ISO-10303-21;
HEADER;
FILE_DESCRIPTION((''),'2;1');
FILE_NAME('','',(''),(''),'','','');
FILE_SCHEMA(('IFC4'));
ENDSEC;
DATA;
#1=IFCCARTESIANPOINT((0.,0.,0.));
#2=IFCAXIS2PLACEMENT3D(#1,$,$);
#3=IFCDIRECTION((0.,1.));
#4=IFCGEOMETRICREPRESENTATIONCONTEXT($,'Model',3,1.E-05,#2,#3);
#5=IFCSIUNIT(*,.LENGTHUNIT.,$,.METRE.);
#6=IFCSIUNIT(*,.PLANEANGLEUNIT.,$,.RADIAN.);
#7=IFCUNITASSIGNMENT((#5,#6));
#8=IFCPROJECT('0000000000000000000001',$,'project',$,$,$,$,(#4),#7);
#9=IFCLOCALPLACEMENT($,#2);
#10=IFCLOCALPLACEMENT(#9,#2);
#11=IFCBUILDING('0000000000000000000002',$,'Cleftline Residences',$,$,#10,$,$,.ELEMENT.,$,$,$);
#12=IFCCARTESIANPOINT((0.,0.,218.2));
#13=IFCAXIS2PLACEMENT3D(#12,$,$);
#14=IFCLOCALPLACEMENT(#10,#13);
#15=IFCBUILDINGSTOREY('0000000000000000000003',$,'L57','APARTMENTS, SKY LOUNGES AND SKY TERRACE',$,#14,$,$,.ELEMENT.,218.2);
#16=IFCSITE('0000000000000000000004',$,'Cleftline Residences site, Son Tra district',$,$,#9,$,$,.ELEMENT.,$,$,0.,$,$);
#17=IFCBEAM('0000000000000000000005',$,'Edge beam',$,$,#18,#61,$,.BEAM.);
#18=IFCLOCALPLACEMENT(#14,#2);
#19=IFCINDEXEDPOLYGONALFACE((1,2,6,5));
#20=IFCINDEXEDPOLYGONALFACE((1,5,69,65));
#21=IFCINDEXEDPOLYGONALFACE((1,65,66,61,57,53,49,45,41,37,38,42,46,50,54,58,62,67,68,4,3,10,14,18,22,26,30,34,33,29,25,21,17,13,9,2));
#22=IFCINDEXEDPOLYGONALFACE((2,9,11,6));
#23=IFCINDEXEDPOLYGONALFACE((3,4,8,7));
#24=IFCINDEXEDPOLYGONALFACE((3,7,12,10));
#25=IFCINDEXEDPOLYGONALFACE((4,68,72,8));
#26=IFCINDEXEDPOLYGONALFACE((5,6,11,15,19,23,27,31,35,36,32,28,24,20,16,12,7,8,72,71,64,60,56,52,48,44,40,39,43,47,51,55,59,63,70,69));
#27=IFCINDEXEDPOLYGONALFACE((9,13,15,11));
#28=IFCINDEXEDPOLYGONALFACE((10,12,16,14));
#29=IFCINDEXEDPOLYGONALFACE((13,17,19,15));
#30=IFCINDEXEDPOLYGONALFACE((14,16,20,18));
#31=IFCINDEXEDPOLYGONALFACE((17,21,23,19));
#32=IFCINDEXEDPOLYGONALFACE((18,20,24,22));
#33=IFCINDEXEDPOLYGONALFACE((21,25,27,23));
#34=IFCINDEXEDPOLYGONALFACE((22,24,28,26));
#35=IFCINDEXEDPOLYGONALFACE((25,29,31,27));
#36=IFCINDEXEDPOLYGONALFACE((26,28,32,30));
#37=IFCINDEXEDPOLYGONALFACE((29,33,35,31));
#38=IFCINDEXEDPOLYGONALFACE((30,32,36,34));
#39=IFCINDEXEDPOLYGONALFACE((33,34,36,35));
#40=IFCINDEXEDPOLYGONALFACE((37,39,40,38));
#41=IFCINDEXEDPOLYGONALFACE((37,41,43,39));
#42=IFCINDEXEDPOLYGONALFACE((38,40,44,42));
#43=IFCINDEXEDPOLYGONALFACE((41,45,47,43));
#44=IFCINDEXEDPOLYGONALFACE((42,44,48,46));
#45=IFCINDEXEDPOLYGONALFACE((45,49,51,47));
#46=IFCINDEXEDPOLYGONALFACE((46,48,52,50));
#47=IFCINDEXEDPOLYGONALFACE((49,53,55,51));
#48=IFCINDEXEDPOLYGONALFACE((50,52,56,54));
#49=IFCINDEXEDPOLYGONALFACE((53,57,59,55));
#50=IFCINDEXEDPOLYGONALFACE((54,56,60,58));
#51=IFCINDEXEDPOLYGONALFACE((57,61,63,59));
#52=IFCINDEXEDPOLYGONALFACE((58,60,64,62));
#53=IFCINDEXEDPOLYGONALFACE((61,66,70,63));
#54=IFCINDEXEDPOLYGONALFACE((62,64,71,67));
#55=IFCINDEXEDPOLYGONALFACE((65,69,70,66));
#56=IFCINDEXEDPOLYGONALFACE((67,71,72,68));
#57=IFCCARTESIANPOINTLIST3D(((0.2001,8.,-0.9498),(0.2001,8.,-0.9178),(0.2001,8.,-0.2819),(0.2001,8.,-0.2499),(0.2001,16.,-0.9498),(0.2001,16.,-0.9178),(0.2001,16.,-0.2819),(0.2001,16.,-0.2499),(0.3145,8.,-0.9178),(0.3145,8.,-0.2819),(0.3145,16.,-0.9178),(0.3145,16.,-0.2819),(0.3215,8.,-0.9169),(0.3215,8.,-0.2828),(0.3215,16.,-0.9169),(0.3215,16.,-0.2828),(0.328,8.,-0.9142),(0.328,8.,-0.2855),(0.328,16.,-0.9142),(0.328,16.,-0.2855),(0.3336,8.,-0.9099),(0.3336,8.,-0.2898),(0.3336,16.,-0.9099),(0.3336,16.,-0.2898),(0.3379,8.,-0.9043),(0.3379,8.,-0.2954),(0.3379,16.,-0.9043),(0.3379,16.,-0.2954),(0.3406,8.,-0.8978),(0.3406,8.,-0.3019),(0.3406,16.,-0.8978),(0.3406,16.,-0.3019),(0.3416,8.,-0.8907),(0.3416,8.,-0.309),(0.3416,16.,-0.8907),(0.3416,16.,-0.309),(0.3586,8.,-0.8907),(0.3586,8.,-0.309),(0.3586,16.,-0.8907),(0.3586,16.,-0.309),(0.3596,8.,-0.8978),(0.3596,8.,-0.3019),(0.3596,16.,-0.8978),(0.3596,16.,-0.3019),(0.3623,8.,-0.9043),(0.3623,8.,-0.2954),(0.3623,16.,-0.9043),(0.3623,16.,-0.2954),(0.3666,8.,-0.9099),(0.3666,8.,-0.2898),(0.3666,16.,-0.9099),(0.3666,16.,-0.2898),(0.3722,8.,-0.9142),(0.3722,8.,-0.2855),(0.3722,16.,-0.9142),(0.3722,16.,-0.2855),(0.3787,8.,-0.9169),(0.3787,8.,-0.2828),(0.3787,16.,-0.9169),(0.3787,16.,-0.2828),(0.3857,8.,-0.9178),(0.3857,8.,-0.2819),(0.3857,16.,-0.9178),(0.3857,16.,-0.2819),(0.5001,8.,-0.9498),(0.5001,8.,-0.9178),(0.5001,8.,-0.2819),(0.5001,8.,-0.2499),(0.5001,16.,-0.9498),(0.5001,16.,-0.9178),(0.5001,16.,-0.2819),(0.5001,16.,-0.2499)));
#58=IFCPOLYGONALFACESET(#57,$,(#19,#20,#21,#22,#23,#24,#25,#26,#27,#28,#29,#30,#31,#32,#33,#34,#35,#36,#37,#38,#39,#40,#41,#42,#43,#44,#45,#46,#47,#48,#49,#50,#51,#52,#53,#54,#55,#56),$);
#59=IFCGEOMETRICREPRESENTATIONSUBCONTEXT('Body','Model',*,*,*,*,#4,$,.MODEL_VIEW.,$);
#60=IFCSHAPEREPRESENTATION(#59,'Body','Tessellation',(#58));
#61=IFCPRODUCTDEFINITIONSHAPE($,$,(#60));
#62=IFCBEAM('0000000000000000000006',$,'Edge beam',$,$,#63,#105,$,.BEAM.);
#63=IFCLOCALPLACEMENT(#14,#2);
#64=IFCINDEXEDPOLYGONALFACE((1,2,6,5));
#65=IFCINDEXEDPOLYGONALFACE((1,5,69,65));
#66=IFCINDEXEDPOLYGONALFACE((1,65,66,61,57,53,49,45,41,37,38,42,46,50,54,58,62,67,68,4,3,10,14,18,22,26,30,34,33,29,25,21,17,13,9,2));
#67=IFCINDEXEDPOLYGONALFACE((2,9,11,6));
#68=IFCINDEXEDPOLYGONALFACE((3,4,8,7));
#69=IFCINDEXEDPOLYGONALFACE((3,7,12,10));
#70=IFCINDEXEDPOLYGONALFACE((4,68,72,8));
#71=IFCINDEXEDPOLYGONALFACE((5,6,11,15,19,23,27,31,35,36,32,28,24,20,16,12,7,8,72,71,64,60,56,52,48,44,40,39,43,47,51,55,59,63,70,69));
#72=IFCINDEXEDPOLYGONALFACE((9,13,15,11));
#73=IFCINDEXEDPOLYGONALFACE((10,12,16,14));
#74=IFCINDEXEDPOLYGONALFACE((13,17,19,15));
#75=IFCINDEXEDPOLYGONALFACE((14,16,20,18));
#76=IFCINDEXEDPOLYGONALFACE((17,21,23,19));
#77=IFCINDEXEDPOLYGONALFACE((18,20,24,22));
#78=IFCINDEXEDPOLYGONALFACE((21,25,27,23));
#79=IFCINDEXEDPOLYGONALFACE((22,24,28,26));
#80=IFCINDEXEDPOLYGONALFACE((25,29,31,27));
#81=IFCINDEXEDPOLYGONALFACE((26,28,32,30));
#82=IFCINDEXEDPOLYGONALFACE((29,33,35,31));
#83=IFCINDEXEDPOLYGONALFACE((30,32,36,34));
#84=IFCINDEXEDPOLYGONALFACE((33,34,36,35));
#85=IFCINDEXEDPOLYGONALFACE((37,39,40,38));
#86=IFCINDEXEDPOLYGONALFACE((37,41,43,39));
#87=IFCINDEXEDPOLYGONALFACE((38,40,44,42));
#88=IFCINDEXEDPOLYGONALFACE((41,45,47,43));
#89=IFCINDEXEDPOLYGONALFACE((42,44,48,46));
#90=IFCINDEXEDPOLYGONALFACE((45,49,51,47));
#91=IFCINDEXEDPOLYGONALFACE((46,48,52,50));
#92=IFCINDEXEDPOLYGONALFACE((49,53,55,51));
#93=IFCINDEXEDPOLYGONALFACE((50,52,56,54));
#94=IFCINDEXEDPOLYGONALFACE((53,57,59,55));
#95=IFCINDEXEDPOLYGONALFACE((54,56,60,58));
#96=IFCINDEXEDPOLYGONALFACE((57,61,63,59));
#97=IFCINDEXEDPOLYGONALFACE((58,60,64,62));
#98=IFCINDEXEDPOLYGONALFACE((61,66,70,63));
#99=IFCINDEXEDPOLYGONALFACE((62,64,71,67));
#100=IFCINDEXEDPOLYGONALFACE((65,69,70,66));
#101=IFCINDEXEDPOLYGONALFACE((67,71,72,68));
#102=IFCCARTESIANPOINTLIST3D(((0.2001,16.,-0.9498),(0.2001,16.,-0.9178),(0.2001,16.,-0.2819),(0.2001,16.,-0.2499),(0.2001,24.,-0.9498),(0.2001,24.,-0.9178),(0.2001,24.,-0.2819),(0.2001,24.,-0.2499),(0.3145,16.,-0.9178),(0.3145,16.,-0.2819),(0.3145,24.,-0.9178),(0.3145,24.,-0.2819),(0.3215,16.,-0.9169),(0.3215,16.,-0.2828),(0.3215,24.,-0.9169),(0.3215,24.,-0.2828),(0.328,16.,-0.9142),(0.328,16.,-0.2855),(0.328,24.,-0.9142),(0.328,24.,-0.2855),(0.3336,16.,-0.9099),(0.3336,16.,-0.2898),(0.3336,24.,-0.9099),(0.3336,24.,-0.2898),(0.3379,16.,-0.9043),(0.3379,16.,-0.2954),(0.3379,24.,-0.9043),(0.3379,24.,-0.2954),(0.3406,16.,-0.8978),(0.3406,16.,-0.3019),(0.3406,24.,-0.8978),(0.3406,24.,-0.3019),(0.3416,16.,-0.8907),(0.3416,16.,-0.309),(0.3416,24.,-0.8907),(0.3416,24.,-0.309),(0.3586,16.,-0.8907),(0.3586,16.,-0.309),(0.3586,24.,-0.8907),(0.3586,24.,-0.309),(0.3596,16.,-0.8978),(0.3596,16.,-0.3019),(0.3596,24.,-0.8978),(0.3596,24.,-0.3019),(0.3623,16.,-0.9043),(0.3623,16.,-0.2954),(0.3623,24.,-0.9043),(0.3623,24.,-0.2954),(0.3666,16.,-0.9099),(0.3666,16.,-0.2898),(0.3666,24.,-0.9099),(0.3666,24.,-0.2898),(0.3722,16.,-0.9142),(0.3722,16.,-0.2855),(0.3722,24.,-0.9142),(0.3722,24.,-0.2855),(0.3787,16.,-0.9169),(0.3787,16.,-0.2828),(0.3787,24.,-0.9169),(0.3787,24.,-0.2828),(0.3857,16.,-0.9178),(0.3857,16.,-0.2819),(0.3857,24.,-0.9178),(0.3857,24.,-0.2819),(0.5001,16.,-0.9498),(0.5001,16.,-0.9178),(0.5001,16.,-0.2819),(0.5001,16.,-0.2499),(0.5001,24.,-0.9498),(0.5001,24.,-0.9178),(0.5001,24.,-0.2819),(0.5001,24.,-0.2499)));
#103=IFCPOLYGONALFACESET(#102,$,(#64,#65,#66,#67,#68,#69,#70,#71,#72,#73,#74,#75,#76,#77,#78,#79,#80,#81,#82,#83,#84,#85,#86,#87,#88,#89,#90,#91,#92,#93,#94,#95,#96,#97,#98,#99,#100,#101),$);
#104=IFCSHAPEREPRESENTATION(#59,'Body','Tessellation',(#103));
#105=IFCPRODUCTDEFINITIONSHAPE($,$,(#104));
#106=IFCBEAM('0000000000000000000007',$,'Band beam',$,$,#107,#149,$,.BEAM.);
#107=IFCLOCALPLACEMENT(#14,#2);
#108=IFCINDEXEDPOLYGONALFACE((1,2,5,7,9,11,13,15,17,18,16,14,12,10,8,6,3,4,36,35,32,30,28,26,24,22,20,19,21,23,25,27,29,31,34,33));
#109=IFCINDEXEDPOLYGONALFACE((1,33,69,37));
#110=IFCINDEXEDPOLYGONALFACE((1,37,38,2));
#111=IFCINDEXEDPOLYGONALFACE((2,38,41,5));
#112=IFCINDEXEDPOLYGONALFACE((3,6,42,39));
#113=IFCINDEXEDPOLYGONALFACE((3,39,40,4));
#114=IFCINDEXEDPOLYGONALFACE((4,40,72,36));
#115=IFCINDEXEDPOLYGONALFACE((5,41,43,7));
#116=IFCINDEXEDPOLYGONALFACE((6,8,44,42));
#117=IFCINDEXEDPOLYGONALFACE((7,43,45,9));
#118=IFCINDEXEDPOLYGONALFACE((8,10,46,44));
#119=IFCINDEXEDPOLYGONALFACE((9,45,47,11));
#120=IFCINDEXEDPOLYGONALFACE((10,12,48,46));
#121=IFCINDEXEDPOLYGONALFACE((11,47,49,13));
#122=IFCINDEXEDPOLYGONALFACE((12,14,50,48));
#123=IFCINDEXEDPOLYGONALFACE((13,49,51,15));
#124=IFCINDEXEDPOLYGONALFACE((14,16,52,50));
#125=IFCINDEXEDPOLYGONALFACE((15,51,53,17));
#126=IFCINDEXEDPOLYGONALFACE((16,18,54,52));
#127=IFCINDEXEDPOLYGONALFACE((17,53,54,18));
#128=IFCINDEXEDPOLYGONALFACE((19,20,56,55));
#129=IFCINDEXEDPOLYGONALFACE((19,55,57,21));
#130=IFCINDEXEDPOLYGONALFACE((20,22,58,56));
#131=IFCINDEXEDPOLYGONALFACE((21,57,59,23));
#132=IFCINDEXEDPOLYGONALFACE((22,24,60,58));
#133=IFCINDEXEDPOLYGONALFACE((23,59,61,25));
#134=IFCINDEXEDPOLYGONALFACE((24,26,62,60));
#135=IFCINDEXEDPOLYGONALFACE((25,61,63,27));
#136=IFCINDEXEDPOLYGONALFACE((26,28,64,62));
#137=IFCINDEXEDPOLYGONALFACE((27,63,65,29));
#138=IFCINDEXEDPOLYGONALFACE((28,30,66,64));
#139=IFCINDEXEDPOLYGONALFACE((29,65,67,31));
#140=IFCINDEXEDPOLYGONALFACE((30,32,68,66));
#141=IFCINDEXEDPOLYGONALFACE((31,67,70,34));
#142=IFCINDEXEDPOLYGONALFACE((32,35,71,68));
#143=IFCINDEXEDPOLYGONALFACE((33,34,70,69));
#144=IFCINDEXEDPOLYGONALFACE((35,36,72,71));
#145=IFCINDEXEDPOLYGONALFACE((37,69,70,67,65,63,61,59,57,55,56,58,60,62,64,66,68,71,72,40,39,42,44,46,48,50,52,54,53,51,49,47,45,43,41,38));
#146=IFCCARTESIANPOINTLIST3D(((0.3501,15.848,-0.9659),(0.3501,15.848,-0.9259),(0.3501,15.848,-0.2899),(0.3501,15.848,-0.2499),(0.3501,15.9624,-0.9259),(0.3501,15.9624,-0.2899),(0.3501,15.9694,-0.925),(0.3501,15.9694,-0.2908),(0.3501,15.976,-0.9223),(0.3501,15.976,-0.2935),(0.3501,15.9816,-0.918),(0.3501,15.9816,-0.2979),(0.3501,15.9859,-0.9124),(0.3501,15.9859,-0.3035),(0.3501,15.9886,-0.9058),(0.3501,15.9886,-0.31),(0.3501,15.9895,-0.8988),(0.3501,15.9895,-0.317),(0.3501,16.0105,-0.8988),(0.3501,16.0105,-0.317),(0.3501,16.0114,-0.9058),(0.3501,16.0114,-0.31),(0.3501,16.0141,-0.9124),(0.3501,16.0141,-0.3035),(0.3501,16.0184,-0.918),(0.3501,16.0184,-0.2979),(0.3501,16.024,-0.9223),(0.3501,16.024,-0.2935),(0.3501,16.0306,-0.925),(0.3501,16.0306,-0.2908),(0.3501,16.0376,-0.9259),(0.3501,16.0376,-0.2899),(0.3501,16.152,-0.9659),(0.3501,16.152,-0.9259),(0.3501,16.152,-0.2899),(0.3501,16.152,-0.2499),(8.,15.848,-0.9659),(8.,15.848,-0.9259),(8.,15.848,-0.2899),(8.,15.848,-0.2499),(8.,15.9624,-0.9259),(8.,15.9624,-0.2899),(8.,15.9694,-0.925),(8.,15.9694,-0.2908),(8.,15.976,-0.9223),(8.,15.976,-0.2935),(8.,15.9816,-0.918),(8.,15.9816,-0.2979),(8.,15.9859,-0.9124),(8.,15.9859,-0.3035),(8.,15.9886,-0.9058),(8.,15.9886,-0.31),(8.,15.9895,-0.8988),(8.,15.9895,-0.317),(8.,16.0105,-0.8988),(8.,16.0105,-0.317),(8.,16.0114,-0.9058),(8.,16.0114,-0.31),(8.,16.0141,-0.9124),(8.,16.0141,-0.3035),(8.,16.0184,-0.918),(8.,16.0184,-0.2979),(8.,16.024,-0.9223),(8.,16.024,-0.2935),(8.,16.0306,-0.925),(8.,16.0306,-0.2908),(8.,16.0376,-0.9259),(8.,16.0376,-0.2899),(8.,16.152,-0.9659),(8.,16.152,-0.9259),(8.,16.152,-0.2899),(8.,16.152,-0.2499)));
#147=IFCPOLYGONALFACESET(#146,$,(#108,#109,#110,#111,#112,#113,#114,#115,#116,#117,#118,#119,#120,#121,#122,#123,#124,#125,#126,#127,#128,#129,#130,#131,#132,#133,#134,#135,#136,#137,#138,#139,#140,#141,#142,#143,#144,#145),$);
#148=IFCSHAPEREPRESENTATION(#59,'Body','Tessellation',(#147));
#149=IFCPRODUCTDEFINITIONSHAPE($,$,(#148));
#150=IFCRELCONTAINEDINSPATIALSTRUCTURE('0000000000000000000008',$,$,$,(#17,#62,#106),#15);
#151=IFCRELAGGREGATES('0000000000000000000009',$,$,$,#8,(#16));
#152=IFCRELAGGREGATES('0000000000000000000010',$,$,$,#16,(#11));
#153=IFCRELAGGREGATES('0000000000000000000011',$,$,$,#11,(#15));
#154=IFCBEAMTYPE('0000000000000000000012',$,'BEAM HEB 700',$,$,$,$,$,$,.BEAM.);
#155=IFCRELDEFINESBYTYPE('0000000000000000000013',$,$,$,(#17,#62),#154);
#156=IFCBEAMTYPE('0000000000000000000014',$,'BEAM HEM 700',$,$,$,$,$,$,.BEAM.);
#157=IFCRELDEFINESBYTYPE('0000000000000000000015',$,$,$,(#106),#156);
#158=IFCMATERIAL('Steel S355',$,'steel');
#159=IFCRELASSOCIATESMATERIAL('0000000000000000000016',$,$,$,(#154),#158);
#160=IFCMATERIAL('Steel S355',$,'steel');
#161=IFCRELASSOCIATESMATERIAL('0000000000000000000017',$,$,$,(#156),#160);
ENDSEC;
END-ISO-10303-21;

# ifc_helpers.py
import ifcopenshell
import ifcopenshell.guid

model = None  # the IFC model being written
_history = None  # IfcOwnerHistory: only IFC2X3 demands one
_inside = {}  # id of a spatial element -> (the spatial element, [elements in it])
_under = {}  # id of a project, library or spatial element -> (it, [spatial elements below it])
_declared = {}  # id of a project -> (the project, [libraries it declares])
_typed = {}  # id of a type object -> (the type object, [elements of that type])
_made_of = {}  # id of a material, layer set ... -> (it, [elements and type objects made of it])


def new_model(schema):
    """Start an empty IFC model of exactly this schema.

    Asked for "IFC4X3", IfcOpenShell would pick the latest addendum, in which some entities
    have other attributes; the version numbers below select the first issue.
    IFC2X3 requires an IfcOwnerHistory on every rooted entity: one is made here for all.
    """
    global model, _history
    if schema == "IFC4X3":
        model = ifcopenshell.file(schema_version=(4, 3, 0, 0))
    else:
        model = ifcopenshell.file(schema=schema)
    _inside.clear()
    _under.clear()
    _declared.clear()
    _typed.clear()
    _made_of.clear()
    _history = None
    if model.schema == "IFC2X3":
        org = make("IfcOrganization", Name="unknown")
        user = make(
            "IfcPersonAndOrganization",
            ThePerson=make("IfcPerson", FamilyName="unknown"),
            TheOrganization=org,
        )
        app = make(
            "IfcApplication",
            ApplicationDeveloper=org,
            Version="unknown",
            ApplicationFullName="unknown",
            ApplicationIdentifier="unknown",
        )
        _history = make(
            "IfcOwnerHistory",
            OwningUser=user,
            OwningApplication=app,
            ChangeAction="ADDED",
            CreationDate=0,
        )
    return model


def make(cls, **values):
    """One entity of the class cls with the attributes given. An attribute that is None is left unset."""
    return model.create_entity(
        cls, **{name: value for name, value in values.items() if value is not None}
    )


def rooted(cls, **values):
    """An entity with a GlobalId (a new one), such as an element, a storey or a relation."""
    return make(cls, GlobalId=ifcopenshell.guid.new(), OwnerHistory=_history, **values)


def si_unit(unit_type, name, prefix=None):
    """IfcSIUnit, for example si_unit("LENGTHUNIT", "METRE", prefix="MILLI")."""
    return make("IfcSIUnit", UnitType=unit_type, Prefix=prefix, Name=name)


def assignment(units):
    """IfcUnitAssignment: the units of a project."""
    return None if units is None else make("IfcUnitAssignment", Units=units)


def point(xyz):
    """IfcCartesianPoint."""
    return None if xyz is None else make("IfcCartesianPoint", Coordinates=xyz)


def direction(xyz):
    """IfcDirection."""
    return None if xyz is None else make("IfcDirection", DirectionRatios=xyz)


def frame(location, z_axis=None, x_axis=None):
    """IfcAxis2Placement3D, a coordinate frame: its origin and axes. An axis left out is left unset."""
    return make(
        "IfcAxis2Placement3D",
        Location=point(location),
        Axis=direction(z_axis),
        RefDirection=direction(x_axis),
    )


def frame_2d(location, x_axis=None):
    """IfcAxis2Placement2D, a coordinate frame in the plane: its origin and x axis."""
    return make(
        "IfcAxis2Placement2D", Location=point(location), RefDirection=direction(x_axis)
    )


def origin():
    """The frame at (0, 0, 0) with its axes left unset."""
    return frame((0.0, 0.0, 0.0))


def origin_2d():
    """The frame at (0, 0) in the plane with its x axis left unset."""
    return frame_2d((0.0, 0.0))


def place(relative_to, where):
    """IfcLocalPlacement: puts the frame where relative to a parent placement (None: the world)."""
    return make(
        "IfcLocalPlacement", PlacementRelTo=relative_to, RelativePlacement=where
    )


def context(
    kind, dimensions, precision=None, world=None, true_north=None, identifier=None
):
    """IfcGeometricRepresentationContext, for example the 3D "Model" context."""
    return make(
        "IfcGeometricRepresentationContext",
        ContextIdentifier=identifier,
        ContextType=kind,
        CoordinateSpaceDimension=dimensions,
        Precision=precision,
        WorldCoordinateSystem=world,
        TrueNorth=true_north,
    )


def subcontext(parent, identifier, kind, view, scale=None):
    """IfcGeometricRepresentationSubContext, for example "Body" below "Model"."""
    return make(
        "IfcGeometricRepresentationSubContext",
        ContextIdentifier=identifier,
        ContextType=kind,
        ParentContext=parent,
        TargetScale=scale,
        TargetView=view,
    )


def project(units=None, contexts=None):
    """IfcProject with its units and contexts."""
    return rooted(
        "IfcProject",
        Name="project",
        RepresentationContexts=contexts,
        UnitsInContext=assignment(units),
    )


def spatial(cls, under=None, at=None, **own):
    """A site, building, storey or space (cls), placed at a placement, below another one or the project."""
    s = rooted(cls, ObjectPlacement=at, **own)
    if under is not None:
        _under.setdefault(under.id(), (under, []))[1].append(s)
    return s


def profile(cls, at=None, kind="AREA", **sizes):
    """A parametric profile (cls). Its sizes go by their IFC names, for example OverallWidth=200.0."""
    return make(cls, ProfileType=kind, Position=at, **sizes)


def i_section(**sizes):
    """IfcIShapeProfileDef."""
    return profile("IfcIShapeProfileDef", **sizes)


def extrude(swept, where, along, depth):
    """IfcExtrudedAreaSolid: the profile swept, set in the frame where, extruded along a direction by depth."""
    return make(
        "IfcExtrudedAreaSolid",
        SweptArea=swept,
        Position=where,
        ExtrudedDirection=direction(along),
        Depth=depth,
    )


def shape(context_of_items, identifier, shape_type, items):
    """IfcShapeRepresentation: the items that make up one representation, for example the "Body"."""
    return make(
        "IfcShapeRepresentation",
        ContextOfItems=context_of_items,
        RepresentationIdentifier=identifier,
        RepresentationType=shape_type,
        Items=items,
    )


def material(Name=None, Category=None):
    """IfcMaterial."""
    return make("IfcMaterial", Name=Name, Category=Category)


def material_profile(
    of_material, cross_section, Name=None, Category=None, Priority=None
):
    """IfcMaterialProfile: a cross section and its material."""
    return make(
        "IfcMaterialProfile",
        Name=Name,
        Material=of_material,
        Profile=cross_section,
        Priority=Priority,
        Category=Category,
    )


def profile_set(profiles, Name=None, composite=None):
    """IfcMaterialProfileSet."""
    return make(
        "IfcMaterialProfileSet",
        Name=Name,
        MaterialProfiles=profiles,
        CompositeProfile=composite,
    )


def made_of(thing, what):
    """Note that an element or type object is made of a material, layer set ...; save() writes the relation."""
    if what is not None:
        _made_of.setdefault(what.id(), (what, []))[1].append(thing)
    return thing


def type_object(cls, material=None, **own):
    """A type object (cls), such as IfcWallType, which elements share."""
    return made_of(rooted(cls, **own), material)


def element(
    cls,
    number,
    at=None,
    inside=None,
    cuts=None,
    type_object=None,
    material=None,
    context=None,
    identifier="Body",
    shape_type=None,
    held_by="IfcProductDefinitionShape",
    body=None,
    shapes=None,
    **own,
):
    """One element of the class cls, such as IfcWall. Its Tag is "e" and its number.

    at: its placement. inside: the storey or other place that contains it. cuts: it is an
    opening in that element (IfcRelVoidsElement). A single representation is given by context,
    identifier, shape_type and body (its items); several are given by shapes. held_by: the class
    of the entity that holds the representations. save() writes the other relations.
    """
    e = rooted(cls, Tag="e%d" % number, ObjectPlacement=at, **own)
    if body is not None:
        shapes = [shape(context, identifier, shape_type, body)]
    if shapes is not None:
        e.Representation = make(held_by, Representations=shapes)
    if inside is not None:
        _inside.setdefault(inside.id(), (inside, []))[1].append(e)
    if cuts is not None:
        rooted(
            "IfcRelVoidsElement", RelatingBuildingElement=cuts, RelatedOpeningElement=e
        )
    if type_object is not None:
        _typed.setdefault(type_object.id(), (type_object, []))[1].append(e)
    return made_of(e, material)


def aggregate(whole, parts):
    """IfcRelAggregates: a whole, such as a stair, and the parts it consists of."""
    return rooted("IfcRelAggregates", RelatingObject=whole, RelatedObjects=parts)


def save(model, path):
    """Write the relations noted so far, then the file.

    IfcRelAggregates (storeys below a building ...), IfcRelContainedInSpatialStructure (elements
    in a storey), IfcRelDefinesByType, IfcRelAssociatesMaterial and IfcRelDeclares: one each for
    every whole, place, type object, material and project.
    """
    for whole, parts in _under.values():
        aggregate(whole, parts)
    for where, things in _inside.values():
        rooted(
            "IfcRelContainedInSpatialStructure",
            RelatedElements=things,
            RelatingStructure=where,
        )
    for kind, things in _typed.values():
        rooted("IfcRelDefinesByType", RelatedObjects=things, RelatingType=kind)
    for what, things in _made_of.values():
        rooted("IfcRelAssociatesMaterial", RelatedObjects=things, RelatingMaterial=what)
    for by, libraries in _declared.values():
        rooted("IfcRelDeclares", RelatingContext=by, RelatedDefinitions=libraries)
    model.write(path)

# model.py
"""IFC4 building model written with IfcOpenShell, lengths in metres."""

from ifc_helpers import new_model, si_unit, direction, frame, origin, origin_2d, place, context, subcontext, project, spatial, i_section, extrude, material, material_profile, profile_set, type_object, element, save


model = new_model("IFC4")

# Units and contexts
model_context = context("Model", 3, precision=1e-05, world=origin(), true_north=direction((0.0, 1.0)))
body_context = subcontext(model_context, "Body", "Model", "MODEL_VIEW")
ifc_project = project(units=[si_unit("LENGTHUNIT", "METRE"), si_unit("PLANEANGLEUNIT", "RADIAN")], contexts=[model_context])

# Site, building, storey
site_placement = place(None, origin())
site = spatial("IfcSite", under=ifc_project, at=site_placement, Name="Cleftline Residences site, Son Tra district", CompositionType="ELEMENT", RefElevation=0.0)
building_placement = place(site_placement, origin())
building = spatial("IfcBuilding", under=site, at=building_placement, Name="Cleftline Residences", CompositionType="ELEMENT")
storey_placement = place(building_placement, frame((0.0, 0.0, 218.2)))
storey = spatial("IfcBuildingStorey", under=building, at=storey_placement, Name="L57", Description="APARTMENTS, SKY LOUNGES AND SKY TERRACE", CompositionType="ELEMENT", Elevation=218.2)

# Beams
ifc_material_1 = material(Name="Steel S355", Category="steel")
ifc_material_profile_1 = material_profile(ifc_material_1, i_section(OverallWidth=0.3, OverallDepth=0.7, WebThickness=0.0171, FlangeThickness=0.032, FilletRadius=0.0271, at=origin_2d()))
ifc_profile_set_1 = profile_set([ifc_material_profile_1], Name="Steel S355")
beam_type_1 = type_object("IfcBeamType", Name="BEAM HEB 700", PredefinedType="BEAM", material=ifc_profile_set_1)
for number, where, z_axis, x_axis, name in (
    (1, (0.3501, 8.0, -0.5999), (0.0, 1.0, 0.0), (-1.0, 0.0, 0.0), "Edge beam"),
    (2, (0.3501, 16.0, -0.5999), (0.0, 1.0, 0.0), (-1.0, 0.0, 0.0), "Edge beam"),
):
    element("IfcBeam", number, at=place(storey_placement, frame(where, z_axis=z_axis, x_axis=x_axis)), inside=storey, type_object=beam_type_1, Name=name, PredefinedType="BEAM", context=body_context, shape_type="SweptSolid", body=[
        extrude(i_section(OverallWidth=0.3, OverallDepth=0.7, WebThickness=0.0171, FlangeThickness=0.032, FilletRadius=0.0271, at=origin_2d()), origin(), (0.0, 0.0, 1.0), 8.0),
    ])
ifc_material_2 = material(Name="Steel S355", Category="steel")
ifc_material_profile_2 = material_profile(ifc_material_2, i_section(OverallWidth=0.304, OverallDepth=0.7161, WebThickness=0.021, FlangeThickness=0.04, FilletRadius=0.0271, at=origin_2d()))
ifc_profile_set_2 = profile_set([ifc_material_profile_2], Name="Steel S355")
beam_type_2 = type_object("IfcBeamType", Name="BEAM HEM 700", PredefinedType="BEAM", material=ifc_profile_set_2)
beam_placement = place(storey_placement, frame((0.3501, 16.0, -0.6079), z_axis=(1.0, 0.0, 0.0), x_axis=(0.0, 1.0, 0.0)))
element("IfcBeam", 3, at=beam_placement, inside=storey, type_object=beam_type_2, Name="Band beam", PredefinedType="BEAM", context=body_context, shape_type="SweptSolid", body=[
    extrude(i_section(OverallWidth=0.304, OverallDepth=0.7161, WebThickness=0.021, FlangeThickness=0.04, FilletRadius=0.0271, at=origin_2d()), origin(), (0.0, 0.0, 1.0), 7.6499),
])

save(model, "model.ifc")
